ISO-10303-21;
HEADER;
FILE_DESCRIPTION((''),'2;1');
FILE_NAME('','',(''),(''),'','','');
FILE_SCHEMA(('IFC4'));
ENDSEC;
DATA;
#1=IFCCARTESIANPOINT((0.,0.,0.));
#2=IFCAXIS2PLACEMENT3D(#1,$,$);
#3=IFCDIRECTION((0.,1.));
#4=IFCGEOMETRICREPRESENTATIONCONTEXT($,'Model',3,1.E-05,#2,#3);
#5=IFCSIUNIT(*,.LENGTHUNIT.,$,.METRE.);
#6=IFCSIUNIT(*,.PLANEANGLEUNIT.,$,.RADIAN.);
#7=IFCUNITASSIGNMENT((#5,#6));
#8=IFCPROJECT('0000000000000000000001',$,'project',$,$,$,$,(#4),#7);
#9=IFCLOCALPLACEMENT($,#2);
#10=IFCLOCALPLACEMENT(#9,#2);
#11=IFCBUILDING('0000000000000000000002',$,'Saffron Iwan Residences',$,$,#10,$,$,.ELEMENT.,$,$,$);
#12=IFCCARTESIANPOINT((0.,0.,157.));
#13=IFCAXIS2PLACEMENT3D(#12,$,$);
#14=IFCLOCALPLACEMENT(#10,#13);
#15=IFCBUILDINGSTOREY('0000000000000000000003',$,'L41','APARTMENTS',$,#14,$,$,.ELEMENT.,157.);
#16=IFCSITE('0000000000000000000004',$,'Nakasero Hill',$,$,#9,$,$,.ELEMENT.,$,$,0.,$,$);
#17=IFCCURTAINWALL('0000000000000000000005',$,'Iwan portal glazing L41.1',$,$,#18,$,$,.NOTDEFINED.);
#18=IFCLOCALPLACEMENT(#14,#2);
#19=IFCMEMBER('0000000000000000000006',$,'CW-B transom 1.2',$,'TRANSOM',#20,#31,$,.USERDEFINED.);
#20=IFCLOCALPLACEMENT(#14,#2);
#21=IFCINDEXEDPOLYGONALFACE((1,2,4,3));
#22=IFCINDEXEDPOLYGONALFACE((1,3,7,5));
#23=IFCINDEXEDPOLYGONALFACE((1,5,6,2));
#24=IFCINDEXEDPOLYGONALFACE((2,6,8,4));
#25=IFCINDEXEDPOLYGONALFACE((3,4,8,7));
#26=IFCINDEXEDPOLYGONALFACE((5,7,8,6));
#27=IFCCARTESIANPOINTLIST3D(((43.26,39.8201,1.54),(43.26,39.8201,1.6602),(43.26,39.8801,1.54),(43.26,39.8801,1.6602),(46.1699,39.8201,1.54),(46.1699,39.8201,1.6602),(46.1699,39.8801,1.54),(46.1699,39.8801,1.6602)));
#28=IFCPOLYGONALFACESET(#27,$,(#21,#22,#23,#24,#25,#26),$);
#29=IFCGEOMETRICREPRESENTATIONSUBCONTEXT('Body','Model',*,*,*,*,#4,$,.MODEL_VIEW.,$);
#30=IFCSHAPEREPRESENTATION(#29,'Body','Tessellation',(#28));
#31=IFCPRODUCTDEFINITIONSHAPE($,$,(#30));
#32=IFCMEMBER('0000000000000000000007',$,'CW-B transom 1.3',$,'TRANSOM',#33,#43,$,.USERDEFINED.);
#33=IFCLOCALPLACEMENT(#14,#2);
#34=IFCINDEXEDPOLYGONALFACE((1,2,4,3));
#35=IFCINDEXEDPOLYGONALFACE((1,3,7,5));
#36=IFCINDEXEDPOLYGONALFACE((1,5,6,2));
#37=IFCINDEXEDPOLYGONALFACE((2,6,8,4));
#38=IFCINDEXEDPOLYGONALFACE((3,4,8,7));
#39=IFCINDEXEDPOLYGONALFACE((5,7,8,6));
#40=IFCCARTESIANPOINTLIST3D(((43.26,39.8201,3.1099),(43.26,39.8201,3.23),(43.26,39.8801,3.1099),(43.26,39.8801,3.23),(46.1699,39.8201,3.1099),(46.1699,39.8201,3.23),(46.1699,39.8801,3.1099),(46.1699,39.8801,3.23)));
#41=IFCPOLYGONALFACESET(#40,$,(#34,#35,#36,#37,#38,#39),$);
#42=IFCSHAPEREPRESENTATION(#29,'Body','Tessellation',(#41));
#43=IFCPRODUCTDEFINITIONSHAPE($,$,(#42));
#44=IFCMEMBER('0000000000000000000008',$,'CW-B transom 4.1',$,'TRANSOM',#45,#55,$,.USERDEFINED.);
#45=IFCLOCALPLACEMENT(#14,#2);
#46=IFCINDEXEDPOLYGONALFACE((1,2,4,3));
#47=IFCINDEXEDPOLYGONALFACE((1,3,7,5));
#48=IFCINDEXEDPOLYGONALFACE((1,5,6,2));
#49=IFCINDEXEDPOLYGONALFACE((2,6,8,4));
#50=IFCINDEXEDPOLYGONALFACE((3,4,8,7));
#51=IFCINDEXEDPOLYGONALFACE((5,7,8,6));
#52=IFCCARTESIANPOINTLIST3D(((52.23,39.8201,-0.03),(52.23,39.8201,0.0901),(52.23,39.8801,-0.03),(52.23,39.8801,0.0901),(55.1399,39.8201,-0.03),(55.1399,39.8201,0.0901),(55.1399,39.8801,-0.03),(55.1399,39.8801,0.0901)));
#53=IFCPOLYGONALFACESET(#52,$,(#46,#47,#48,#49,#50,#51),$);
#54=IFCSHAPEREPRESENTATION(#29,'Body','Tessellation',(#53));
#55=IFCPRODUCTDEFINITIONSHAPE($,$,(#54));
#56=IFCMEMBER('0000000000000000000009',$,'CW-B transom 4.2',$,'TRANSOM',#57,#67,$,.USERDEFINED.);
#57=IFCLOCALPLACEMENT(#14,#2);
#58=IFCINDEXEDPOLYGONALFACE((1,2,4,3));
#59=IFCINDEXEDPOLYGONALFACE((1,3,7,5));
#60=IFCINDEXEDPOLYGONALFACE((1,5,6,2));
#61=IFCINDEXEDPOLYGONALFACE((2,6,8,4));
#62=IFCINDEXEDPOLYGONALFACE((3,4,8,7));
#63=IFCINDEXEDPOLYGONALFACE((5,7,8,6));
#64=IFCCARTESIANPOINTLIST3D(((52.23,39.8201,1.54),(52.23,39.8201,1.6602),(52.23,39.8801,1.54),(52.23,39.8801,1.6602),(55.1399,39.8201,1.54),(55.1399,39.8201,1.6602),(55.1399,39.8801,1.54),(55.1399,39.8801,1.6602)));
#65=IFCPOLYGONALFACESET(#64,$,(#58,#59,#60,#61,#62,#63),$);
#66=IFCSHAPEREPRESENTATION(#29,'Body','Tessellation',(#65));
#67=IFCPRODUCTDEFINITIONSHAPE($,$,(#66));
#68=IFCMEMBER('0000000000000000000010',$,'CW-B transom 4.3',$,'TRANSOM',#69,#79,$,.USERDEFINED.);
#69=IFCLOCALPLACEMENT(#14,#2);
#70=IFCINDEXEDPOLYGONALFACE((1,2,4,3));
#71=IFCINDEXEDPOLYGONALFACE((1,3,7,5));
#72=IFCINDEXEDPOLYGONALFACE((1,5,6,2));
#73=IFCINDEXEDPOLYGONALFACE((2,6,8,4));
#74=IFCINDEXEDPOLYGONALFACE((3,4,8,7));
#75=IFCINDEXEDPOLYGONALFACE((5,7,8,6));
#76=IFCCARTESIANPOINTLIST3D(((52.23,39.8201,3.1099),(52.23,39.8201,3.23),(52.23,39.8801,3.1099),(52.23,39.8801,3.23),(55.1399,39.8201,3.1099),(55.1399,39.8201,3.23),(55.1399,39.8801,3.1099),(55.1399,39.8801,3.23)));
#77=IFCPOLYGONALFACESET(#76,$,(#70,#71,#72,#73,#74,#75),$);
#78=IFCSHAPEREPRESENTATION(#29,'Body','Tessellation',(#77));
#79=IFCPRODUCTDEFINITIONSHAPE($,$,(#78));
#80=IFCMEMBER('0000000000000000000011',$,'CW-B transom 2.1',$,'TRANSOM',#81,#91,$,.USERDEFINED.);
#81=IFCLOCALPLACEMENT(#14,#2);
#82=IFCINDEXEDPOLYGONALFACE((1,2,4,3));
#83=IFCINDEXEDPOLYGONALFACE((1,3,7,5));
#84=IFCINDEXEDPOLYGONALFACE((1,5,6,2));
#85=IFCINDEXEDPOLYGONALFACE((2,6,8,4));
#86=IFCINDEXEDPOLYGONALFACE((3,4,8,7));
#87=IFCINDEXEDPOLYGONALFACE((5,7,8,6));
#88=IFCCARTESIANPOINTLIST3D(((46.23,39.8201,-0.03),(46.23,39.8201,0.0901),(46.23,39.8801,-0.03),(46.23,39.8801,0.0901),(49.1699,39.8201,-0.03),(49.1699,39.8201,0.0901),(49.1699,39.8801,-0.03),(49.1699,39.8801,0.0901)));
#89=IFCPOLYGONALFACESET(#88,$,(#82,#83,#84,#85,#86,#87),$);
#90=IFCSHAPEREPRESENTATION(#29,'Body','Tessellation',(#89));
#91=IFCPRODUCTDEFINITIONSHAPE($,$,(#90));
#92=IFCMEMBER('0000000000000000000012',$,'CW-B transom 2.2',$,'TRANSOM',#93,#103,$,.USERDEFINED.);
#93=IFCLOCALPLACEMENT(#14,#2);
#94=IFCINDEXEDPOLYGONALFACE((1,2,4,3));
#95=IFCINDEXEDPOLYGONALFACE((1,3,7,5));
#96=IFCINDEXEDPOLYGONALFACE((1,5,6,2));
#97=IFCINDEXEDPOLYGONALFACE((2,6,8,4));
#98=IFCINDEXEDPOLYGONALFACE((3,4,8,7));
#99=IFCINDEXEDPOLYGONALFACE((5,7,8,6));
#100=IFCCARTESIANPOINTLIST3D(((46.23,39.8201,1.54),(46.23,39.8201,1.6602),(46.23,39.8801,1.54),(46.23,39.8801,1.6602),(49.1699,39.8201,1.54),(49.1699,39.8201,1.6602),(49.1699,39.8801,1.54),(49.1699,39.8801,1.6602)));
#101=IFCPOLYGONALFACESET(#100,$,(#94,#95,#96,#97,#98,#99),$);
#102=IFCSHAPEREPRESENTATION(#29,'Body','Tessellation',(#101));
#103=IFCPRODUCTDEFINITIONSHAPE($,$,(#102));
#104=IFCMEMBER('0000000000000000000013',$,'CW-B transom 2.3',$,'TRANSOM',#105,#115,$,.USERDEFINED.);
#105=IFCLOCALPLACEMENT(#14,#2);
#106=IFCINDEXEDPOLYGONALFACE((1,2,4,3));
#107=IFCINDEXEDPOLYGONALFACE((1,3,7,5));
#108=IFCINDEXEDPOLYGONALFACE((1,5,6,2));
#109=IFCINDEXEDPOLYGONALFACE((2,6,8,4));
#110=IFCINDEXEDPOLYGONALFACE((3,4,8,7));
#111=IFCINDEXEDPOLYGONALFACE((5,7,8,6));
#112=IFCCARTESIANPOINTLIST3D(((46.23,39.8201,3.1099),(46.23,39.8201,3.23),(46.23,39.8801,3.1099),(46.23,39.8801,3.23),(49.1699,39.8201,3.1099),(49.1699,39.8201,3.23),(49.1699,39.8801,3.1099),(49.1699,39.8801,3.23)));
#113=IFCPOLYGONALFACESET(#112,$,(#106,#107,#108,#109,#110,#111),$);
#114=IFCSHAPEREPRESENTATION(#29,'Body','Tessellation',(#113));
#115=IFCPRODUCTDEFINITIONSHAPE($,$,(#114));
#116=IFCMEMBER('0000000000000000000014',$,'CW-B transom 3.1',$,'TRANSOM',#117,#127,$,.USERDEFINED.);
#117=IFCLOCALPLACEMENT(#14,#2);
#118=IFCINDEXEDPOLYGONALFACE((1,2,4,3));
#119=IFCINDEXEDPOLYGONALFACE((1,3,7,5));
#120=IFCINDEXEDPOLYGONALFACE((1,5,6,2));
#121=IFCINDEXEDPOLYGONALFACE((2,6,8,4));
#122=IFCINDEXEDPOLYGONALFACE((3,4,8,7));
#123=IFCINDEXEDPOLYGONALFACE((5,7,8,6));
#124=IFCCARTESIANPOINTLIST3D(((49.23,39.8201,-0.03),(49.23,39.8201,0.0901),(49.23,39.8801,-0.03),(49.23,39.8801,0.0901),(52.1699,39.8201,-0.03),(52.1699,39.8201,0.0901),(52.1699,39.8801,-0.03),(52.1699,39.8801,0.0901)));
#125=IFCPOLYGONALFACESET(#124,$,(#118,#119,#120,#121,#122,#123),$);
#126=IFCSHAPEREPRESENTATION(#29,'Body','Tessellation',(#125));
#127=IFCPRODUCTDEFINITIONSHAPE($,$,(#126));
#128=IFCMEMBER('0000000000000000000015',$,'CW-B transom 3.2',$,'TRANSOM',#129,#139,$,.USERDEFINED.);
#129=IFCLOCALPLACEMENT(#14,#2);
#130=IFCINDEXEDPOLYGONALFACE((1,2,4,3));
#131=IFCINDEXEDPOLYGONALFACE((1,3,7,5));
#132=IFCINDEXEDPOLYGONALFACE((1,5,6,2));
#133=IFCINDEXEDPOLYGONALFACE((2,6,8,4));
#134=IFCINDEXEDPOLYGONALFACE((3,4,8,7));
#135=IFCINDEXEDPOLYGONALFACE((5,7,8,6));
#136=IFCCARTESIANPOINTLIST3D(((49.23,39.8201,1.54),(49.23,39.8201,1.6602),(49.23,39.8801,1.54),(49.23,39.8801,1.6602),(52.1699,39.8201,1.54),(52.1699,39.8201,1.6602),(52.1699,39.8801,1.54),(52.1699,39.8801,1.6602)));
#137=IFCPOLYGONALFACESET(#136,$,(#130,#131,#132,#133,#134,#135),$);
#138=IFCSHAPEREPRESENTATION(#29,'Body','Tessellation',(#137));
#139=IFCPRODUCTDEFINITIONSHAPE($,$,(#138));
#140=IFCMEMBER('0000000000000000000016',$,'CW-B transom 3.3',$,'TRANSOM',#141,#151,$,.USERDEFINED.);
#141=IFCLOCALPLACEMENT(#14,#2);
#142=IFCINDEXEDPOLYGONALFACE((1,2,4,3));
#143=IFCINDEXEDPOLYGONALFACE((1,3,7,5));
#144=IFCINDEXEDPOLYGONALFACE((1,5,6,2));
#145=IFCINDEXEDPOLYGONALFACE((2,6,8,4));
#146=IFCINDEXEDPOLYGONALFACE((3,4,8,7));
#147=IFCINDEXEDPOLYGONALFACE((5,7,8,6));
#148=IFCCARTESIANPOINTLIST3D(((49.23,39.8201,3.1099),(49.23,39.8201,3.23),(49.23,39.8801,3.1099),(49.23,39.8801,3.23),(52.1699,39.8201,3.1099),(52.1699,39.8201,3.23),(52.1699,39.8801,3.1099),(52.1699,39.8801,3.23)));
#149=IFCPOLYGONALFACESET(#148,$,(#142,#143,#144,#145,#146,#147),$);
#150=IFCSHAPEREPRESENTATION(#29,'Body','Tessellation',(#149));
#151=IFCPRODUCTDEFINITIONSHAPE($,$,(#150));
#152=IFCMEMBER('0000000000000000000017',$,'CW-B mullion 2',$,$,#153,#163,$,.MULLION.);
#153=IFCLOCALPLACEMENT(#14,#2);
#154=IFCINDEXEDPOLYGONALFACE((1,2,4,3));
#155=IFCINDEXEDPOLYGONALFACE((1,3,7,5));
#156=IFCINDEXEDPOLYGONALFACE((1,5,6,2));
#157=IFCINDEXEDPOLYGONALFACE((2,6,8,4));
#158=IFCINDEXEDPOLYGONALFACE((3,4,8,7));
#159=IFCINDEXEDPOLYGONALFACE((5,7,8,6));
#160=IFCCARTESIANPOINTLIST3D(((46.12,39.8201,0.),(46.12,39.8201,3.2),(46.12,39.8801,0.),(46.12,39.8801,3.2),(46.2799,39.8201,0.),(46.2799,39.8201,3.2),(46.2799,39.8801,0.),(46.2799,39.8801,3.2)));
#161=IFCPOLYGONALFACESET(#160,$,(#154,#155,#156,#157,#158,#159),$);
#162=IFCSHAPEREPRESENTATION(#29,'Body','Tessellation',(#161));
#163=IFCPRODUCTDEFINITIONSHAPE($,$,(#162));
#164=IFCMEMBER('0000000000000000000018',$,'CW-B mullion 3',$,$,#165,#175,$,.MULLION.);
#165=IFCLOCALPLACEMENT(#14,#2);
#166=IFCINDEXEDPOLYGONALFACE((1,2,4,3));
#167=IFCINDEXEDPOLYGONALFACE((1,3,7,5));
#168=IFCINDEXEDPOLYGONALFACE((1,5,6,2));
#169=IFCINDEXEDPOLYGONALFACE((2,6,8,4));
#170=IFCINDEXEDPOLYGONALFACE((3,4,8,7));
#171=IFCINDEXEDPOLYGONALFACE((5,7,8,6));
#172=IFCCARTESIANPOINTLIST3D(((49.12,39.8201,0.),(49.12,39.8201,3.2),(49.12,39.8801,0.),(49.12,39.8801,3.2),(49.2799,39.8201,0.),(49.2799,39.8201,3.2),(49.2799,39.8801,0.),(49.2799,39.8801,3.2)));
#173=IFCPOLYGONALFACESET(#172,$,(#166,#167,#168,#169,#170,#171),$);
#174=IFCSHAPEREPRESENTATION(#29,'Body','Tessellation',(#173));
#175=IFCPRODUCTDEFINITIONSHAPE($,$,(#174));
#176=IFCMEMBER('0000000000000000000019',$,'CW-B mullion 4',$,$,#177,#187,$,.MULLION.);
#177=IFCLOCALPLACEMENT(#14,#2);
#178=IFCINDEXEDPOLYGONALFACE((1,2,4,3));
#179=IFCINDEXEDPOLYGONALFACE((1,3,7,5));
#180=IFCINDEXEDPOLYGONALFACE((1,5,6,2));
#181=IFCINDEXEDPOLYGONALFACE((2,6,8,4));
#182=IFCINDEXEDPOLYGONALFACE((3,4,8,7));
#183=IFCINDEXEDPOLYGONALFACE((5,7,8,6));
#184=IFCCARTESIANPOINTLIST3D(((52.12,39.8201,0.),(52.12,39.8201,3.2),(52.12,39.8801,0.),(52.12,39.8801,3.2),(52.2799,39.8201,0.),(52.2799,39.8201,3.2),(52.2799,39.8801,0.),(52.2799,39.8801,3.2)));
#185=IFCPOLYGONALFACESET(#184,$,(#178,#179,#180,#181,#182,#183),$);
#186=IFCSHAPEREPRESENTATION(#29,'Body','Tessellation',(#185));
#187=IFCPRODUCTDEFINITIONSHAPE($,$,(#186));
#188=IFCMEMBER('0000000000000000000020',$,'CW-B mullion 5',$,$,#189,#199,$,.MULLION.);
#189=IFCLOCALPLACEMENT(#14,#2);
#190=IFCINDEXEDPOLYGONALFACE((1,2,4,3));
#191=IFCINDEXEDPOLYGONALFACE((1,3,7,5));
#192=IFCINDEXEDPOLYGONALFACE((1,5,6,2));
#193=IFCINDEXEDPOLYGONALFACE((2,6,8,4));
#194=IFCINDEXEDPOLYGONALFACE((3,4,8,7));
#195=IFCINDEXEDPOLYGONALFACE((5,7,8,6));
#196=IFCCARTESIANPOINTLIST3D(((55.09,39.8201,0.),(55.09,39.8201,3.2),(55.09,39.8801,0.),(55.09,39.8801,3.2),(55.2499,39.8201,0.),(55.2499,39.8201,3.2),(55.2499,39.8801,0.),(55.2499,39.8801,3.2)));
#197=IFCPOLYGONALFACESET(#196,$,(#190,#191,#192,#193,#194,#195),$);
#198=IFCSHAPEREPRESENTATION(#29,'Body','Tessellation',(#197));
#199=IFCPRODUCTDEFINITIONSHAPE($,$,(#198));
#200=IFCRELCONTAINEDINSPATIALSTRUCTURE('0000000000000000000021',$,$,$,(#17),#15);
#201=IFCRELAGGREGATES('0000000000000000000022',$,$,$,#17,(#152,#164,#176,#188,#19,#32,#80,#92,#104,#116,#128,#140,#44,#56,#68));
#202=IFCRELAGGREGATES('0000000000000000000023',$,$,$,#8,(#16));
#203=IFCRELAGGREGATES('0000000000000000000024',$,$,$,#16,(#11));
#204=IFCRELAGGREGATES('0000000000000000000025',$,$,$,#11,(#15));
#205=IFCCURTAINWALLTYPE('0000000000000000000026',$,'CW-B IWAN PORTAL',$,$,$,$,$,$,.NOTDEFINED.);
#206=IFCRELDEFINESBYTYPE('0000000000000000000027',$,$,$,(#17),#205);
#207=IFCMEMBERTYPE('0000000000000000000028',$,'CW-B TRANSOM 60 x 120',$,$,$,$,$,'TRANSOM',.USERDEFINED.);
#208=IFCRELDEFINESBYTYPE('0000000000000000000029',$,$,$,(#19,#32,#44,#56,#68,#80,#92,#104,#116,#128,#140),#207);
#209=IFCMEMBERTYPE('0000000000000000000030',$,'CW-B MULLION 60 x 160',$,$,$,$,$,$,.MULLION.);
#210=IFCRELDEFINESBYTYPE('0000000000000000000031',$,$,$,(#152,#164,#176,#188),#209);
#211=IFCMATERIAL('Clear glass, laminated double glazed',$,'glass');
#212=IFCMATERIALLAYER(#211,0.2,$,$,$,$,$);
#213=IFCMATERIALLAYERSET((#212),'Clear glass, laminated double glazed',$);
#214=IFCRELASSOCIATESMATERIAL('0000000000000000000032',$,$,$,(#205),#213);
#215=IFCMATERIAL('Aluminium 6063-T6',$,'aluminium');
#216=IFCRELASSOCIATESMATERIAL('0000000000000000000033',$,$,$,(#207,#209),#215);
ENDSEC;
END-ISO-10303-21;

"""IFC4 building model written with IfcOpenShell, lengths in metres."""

from ifc_helpers import new_model, si_unit, direction, frame, origin, origin_2d, place, context, subcontext, project, spatial, rectangle, extrude, source, transform, mapped, material, layer, layer_set, material_profile, profile_set, type_object, element, aggregate, save


model = new_model("IFC4")

# Units and contexts
model_context = context("Model", 3, precision=1e-05, world=origin(), true_north=direction((0.0, 1.0)))
body_context = subcontext(model_context, "Body", "Model", "MODEL_VIEW")
ifc_project = project(units=[si_unit("LENGTHUNIT", "METRE"), si_unit("PLANEANGLEUNIT", "RADIAN")], contexts=[model_context])

# Site, building, storey
site_placement = place(None, origin())
site = spatial("IfcSite", under=ifc_project, at=site_placement, Name="Nakasero Hill", CompositionType="ELEMENT", RefElevation=0.0)
building_placement = place(site_placement, origin())
building = spatial("IfcBuilding", under=site, at=building_placement, Name="Saffron Iwan Residences", CompositionType="ELEMENT")
storey_placement = place(building_placement, frame((0.0, 0.0, 157.0)))
storey = spatial("IfcBuildingStorey", under=building, at=storey_placement, Name="L41", Description="APARTMENTS", CompositionType="ELEMENT", Elevation=157.0)

# Curtain wall, members
ifc_material_1 = material(Name="Clear glass, laminated double glazed", Category="glass")
ifc_layer_1 = layer(ifc_material_1, 0.2)
ifc_layer_set_1 = layer_set([ifc_layer_1], Name="Clear glass, laminated double glazed")
curtain_wall_type = type_object("IfcCurtainWallType", Name="CW-B IWAN PORTAL", PredefinedType="NOTDEFINED", material=ifc_layer_set_1)
curtain_wall_placement = place(storey_placement, origin())
curtain_wall = element("IfcCurtainWall", 1, at=curtain_wall_placement, inside=storey, type_object=curtain_wall_type, Name="Iwan portal glazing L41.1", PredefinedType="NOTDEFINED")
ifc_material_2 = material(Name="Aluminium 6063-T6", Category="aluminium")
ifc_material_profile_1 = material_profile(ifc_material_2, rectangle(XDim=0.0601, YDim=0.1201, at=origin_2d()), Name="CW-B TRANSOM 60 x 120")
ifc_profile_set_1 = profile_set([ifc_material_profile_1], Name="Aluminium 6063-T6")
member_type_1 = type_object("IfcMemberType", Name="CW-B TRANSOM 60 x 120", ElementType="TRANSOM", PredefinedType="USERDEFINED", material=ifc_profile_set_1)
shared_shape_1 = source(origin(), body_context, "Body", "SweptSolid", [
    extrude(rectangle(XDim=0.0601, YDim=0.1201, at=origin_2d()), origin(), (0.0, 0.0, 1.0), 2.9099),
])
member_1_placement = place(storey_placement, frame((43.26, 39.8501, 1.6001), z_axis=(1.0, 0.0, 0.0), x_axis=(0.0, 1.0, 0.0)))
member_1 = element("IfcMember", 2, at=member_1_placement, type_object=member_type_1, Name="CW-B transom 1.2", ObjectType="TRANSOM", PredefinedType="USERDEFINED", context=body_context, shape_type="MappedRepresentation", body=[
    mapped(shared_shape_1, transform((0.0, 0.0, 0.0))),
])
member_2_placement = place(storey_placement, frame((43.26, 39.8501, 3.1699), z_axis=(1.0, 0.0, 0.0), x_axis=(0.0, 1.0, 0.0)))
member_2 = element("IfcMember", 3, at=member_2_placement, type_object=member_type_1, Name="CW-B transom 1.3", ObjectType="TRANSOM", PredefinedType="USERDEFINED", context=body_context, shape_type="MappedRepresentation", body=[
    mapped(shared_shape_1, transform((0.0, 0.0, 0.0))),
])
member_3_placement = place(storey_placement, frame((52.23, 39.8501, 0.03), z_axis=(1.0, 0.0, 0.0), x_axis=(0.0, 1.0, 0.0)))
member_3 = element("IfcMember", 4, at=member_3_placement, type_object=member_type_1, Name="CW-B transom 4.1", ObjectType="TRANSOM", PredefinedType="USERDEFINED", context=body_context, shape_type="MappedRepresentation", body=[
    mapped(shared_shape_1, transform((0.0, 0.0, 0.0))),
])
member_4_placement = place(storey_placement, frame((52.23, 39.8501, 1.6001), z_axis=(1.0, 0.0, 0.0), x_axis=(0.0, 1.0, 0.0)))
member_4 = element("IfcMember", 5, at=member_4_placement, type_object=member_type_1, Name="CW-B transom 4.2", ObjectType="TRANSOM", PredefinedType="USERDEFINED", context=body_context, shape_type="MappedRepresentation", body=[
    mapped(shared_shape_1, transform((0.0, 0.0, 0.0))),
])
member_5_placement = place(storey_placement, frame((52.23, 39.8501, 3.1699), z_axis=(1.0, 0.0, 0.0), x_axis=(0.0, 1.0, 0.0)))
member_5 = element("IfcMember", 6, at=member_5_placement, type_object=member_type_1, Name="CW-B transom 4.3", ObjectType="TRANSOM", PredefinedType="USERDEFINED", context=body_context, shape_type="MappedRepresentation", body=[
    mapped(shared_shape_1, transform((0.0, 0.0, 0.0))),
])
shared_shape_2 = source(origin(), body_context, "Body", "SweptSolid", [
    extrude(rectangle(XDim=0.0601, YDim=0.1201, at=origin_2d()), origin(), (0.0, 0.0, 1.0), 2.9399),
])
member_6_placement = place(storey_placement, frame((46.23, 39.8501, 0.03), z_axis=(1.0, 0.0, 0.0), x_axis=(0.0, 1.0, 0.0)))
member_6 = element("IfcMember", 7, at=member_6_placement, type_object=member_type_1, Name="CW-B transom 2.1", ObjectType="TRANSOM", PredefinedType="USERDEFINED", context=body_context, shape_type="MappedRepresentation", body=[
    mapped(shared_shape_2, transform((0.0, 0.0, 0.0))),
])
member_7_placement = place(storey_placement, frame((46.23, 39.8501, 1.6001), z_axis=(1.0, 0.0, 0.0), x_axis=(0.0, 1.0, 0.0)))
member_7 = element("IfcMember", 8, at=member_7_placement, type_object=member_type_1, Name="CW-B transom 2.2", ObjectType="TRANSOM", PredefinedType="USERDEFINED", context=body_context, shape_type="MappedRepresentation", body=[
    mapped(shared_shape_2, transform((0.0, 0.0, 0.0))),
])
member_8_placement = place(storey_placement, frame((46.23, 39.8501, 3.1699), z_axis=(1.0, 0.0, 0.0), x_axis=(0.0, 1.0, 0.0)))
member_8 = element("IfcMember", 9, at=member_8_placement, type_object=member_type_1, Name="CW-B transom 2.3", ObjectType="TRANSOM", PredefinedType="USERDEFINED", context=body_context, shape_type="MappedRepresentation", body=[
    mapped(shared_shape_2, transform((0.0, 0.0, 0.0))),
])
member_9_placement = place(storey_placement, frame((49.23, 39.8501, 0.03), z_axis=(1.0, 0.0, 0.0), x_axis=(0.0, 1.0, 0.0)))
member_9 = element("IfcMember", 10, at=member_9_placement, type_object=member_type_1, Name="CW-B transom 3.1", ObjectType="TRANSOM", PredefinedType="USERDEFINED", context=body_context, shape_type="MappedRepresentation", body=[
    mapped(shared_shape_2, transform((0.0, 0.0, 0.0))),
])
member_10_placement = place(storey_placement, frame((49.23, 39.8501, 1.6001), z_axis=(1.0, 0.0, 0.0), x_axis=(0.0, 1.0, 0.0)))
member_10 = element("IfcMember", 11, at=member_10_placement, type_object=member_type_1, Name="CW-B transom 3.2", ObjectType="TRANSOM", PredefinedType="USERDEFINED", context=body_context, shape_type="MappedRepresentation", body=[
    mapped(shared_shape_2, transform((0.0, 0.0, 0.0))),
])
member_11_placement = place(storey_placement, frame((49.23, 39.8501, 3.1699), z_axis=(1.0, 0.0, 0.0), x_axis=(0.0, 1.0, 0.0)))
member_11 = element("IfcMember", 12, at=member_11_placement, type_object=member_type_1, Name="CW-B transom 3.3", ObjectType="TRANSOM", PredefinedType="USERDEFINED", context=body_context, shape_type="MappedRepresentation", body=[
    mapped(shared_shape_2, transform((0.0, 0.0, 0.0))),
])
ifc_material_profile_2 = material_profile(ifc_material_2, rectangle(XDim=0.0601, YDim=0.1599, at=origin_2d()), Name="CW-B MULLION 60 x 160")
ifc_profile_set_2 = profile_set([ifc_material_profile_2], Name="Aluminium 6063-T6")
member_type_2 = type_object("IfcMemberType", Name="CW-B MULLION 60 x 160", PredefinedType="MULLION", material=ifc_profile_set_2)
shared_shape_3 = source(origin(), body_context, "Body", "SweptSolid", [
    extrude(rectangle(XDim=0.0601, YDim=0.1599, at=origin_2d()), origin(), (0.0, 0.0, 1.0), 3.2),
])
member_12_placement = place(storey_placement, frame((46.2, 39.8501, 0.0), z_axis=(0.0, 0.0, 1.0), x_axis=(0.0, 1.0, 0.0)))
member_12 = element("IfcMember", 13, at=member_12_placement, type_object=member_type_2, Name="CW-B mullion 2", PredefinedType="MULLION", context=body_context, shape_type="MappedRepresentation", body=[
    mapped(shared_shape_3, transform((0.0, 0.0, 0.0))),
])
member_13_placement = place(storey_placement, frame((49.2, 39.8501, 0.0), z_axis=(0.0, 0.0, 1.0), x_axis=(0.0, 1.0, 0.0)))
member_13 = element("IfcMember", 14, at=member_13_placement, type_object=member_type_2, Name="CW-B mullion 3", PredefinedType="MULLION", context=body_context, shape_type="MappedRepresentation", body=[
    mapped(shared_shape_3, transform((0.0, 0.0, 0.0))),
])
member_14_placement = place(storey_placement, frame((52.2, 39.8501, 0.0), z_axis=(0.0, 0.0, 1.0), x_axis=(0.0, 1.0, 0.0)))
member_14 = element("IfcMember", 15, at=member_14_placement, type_object=member_type_2, Name="CW-B mullion 4", PredefinedType="MULLION", context=body_context, shape_type="MappedRepresentation", body=[
    mapped(shared_shape_3, transform((0.0, 0.0, 0.0))),
])
member_15_placement = place(storey_placement, frame((55.1699, 39.8501, 0.0), z_axis=(0.0, 0.0, 1.0), x_axis=(0.0, 1.0, 0.0)))
member_15 = element("IfcMember", 16, at=member_15_placement, type_object=member_type_2, Name="CW-B mullion 5", PredefinedType="MULLION", context=body_context, shape_type="MappedRepresentation", body=[
    mapped(shared_shape_3, transform((0.0, 0.0, 0.0))),
])
aggregate(curtain_wall, [member_12, member_13, member_14, member_15, member_1, member_2, member_6, member_7, member_8, member_9, member_10, member_11, member_3, member_4, member_5])

save(model, "model.ifc")
